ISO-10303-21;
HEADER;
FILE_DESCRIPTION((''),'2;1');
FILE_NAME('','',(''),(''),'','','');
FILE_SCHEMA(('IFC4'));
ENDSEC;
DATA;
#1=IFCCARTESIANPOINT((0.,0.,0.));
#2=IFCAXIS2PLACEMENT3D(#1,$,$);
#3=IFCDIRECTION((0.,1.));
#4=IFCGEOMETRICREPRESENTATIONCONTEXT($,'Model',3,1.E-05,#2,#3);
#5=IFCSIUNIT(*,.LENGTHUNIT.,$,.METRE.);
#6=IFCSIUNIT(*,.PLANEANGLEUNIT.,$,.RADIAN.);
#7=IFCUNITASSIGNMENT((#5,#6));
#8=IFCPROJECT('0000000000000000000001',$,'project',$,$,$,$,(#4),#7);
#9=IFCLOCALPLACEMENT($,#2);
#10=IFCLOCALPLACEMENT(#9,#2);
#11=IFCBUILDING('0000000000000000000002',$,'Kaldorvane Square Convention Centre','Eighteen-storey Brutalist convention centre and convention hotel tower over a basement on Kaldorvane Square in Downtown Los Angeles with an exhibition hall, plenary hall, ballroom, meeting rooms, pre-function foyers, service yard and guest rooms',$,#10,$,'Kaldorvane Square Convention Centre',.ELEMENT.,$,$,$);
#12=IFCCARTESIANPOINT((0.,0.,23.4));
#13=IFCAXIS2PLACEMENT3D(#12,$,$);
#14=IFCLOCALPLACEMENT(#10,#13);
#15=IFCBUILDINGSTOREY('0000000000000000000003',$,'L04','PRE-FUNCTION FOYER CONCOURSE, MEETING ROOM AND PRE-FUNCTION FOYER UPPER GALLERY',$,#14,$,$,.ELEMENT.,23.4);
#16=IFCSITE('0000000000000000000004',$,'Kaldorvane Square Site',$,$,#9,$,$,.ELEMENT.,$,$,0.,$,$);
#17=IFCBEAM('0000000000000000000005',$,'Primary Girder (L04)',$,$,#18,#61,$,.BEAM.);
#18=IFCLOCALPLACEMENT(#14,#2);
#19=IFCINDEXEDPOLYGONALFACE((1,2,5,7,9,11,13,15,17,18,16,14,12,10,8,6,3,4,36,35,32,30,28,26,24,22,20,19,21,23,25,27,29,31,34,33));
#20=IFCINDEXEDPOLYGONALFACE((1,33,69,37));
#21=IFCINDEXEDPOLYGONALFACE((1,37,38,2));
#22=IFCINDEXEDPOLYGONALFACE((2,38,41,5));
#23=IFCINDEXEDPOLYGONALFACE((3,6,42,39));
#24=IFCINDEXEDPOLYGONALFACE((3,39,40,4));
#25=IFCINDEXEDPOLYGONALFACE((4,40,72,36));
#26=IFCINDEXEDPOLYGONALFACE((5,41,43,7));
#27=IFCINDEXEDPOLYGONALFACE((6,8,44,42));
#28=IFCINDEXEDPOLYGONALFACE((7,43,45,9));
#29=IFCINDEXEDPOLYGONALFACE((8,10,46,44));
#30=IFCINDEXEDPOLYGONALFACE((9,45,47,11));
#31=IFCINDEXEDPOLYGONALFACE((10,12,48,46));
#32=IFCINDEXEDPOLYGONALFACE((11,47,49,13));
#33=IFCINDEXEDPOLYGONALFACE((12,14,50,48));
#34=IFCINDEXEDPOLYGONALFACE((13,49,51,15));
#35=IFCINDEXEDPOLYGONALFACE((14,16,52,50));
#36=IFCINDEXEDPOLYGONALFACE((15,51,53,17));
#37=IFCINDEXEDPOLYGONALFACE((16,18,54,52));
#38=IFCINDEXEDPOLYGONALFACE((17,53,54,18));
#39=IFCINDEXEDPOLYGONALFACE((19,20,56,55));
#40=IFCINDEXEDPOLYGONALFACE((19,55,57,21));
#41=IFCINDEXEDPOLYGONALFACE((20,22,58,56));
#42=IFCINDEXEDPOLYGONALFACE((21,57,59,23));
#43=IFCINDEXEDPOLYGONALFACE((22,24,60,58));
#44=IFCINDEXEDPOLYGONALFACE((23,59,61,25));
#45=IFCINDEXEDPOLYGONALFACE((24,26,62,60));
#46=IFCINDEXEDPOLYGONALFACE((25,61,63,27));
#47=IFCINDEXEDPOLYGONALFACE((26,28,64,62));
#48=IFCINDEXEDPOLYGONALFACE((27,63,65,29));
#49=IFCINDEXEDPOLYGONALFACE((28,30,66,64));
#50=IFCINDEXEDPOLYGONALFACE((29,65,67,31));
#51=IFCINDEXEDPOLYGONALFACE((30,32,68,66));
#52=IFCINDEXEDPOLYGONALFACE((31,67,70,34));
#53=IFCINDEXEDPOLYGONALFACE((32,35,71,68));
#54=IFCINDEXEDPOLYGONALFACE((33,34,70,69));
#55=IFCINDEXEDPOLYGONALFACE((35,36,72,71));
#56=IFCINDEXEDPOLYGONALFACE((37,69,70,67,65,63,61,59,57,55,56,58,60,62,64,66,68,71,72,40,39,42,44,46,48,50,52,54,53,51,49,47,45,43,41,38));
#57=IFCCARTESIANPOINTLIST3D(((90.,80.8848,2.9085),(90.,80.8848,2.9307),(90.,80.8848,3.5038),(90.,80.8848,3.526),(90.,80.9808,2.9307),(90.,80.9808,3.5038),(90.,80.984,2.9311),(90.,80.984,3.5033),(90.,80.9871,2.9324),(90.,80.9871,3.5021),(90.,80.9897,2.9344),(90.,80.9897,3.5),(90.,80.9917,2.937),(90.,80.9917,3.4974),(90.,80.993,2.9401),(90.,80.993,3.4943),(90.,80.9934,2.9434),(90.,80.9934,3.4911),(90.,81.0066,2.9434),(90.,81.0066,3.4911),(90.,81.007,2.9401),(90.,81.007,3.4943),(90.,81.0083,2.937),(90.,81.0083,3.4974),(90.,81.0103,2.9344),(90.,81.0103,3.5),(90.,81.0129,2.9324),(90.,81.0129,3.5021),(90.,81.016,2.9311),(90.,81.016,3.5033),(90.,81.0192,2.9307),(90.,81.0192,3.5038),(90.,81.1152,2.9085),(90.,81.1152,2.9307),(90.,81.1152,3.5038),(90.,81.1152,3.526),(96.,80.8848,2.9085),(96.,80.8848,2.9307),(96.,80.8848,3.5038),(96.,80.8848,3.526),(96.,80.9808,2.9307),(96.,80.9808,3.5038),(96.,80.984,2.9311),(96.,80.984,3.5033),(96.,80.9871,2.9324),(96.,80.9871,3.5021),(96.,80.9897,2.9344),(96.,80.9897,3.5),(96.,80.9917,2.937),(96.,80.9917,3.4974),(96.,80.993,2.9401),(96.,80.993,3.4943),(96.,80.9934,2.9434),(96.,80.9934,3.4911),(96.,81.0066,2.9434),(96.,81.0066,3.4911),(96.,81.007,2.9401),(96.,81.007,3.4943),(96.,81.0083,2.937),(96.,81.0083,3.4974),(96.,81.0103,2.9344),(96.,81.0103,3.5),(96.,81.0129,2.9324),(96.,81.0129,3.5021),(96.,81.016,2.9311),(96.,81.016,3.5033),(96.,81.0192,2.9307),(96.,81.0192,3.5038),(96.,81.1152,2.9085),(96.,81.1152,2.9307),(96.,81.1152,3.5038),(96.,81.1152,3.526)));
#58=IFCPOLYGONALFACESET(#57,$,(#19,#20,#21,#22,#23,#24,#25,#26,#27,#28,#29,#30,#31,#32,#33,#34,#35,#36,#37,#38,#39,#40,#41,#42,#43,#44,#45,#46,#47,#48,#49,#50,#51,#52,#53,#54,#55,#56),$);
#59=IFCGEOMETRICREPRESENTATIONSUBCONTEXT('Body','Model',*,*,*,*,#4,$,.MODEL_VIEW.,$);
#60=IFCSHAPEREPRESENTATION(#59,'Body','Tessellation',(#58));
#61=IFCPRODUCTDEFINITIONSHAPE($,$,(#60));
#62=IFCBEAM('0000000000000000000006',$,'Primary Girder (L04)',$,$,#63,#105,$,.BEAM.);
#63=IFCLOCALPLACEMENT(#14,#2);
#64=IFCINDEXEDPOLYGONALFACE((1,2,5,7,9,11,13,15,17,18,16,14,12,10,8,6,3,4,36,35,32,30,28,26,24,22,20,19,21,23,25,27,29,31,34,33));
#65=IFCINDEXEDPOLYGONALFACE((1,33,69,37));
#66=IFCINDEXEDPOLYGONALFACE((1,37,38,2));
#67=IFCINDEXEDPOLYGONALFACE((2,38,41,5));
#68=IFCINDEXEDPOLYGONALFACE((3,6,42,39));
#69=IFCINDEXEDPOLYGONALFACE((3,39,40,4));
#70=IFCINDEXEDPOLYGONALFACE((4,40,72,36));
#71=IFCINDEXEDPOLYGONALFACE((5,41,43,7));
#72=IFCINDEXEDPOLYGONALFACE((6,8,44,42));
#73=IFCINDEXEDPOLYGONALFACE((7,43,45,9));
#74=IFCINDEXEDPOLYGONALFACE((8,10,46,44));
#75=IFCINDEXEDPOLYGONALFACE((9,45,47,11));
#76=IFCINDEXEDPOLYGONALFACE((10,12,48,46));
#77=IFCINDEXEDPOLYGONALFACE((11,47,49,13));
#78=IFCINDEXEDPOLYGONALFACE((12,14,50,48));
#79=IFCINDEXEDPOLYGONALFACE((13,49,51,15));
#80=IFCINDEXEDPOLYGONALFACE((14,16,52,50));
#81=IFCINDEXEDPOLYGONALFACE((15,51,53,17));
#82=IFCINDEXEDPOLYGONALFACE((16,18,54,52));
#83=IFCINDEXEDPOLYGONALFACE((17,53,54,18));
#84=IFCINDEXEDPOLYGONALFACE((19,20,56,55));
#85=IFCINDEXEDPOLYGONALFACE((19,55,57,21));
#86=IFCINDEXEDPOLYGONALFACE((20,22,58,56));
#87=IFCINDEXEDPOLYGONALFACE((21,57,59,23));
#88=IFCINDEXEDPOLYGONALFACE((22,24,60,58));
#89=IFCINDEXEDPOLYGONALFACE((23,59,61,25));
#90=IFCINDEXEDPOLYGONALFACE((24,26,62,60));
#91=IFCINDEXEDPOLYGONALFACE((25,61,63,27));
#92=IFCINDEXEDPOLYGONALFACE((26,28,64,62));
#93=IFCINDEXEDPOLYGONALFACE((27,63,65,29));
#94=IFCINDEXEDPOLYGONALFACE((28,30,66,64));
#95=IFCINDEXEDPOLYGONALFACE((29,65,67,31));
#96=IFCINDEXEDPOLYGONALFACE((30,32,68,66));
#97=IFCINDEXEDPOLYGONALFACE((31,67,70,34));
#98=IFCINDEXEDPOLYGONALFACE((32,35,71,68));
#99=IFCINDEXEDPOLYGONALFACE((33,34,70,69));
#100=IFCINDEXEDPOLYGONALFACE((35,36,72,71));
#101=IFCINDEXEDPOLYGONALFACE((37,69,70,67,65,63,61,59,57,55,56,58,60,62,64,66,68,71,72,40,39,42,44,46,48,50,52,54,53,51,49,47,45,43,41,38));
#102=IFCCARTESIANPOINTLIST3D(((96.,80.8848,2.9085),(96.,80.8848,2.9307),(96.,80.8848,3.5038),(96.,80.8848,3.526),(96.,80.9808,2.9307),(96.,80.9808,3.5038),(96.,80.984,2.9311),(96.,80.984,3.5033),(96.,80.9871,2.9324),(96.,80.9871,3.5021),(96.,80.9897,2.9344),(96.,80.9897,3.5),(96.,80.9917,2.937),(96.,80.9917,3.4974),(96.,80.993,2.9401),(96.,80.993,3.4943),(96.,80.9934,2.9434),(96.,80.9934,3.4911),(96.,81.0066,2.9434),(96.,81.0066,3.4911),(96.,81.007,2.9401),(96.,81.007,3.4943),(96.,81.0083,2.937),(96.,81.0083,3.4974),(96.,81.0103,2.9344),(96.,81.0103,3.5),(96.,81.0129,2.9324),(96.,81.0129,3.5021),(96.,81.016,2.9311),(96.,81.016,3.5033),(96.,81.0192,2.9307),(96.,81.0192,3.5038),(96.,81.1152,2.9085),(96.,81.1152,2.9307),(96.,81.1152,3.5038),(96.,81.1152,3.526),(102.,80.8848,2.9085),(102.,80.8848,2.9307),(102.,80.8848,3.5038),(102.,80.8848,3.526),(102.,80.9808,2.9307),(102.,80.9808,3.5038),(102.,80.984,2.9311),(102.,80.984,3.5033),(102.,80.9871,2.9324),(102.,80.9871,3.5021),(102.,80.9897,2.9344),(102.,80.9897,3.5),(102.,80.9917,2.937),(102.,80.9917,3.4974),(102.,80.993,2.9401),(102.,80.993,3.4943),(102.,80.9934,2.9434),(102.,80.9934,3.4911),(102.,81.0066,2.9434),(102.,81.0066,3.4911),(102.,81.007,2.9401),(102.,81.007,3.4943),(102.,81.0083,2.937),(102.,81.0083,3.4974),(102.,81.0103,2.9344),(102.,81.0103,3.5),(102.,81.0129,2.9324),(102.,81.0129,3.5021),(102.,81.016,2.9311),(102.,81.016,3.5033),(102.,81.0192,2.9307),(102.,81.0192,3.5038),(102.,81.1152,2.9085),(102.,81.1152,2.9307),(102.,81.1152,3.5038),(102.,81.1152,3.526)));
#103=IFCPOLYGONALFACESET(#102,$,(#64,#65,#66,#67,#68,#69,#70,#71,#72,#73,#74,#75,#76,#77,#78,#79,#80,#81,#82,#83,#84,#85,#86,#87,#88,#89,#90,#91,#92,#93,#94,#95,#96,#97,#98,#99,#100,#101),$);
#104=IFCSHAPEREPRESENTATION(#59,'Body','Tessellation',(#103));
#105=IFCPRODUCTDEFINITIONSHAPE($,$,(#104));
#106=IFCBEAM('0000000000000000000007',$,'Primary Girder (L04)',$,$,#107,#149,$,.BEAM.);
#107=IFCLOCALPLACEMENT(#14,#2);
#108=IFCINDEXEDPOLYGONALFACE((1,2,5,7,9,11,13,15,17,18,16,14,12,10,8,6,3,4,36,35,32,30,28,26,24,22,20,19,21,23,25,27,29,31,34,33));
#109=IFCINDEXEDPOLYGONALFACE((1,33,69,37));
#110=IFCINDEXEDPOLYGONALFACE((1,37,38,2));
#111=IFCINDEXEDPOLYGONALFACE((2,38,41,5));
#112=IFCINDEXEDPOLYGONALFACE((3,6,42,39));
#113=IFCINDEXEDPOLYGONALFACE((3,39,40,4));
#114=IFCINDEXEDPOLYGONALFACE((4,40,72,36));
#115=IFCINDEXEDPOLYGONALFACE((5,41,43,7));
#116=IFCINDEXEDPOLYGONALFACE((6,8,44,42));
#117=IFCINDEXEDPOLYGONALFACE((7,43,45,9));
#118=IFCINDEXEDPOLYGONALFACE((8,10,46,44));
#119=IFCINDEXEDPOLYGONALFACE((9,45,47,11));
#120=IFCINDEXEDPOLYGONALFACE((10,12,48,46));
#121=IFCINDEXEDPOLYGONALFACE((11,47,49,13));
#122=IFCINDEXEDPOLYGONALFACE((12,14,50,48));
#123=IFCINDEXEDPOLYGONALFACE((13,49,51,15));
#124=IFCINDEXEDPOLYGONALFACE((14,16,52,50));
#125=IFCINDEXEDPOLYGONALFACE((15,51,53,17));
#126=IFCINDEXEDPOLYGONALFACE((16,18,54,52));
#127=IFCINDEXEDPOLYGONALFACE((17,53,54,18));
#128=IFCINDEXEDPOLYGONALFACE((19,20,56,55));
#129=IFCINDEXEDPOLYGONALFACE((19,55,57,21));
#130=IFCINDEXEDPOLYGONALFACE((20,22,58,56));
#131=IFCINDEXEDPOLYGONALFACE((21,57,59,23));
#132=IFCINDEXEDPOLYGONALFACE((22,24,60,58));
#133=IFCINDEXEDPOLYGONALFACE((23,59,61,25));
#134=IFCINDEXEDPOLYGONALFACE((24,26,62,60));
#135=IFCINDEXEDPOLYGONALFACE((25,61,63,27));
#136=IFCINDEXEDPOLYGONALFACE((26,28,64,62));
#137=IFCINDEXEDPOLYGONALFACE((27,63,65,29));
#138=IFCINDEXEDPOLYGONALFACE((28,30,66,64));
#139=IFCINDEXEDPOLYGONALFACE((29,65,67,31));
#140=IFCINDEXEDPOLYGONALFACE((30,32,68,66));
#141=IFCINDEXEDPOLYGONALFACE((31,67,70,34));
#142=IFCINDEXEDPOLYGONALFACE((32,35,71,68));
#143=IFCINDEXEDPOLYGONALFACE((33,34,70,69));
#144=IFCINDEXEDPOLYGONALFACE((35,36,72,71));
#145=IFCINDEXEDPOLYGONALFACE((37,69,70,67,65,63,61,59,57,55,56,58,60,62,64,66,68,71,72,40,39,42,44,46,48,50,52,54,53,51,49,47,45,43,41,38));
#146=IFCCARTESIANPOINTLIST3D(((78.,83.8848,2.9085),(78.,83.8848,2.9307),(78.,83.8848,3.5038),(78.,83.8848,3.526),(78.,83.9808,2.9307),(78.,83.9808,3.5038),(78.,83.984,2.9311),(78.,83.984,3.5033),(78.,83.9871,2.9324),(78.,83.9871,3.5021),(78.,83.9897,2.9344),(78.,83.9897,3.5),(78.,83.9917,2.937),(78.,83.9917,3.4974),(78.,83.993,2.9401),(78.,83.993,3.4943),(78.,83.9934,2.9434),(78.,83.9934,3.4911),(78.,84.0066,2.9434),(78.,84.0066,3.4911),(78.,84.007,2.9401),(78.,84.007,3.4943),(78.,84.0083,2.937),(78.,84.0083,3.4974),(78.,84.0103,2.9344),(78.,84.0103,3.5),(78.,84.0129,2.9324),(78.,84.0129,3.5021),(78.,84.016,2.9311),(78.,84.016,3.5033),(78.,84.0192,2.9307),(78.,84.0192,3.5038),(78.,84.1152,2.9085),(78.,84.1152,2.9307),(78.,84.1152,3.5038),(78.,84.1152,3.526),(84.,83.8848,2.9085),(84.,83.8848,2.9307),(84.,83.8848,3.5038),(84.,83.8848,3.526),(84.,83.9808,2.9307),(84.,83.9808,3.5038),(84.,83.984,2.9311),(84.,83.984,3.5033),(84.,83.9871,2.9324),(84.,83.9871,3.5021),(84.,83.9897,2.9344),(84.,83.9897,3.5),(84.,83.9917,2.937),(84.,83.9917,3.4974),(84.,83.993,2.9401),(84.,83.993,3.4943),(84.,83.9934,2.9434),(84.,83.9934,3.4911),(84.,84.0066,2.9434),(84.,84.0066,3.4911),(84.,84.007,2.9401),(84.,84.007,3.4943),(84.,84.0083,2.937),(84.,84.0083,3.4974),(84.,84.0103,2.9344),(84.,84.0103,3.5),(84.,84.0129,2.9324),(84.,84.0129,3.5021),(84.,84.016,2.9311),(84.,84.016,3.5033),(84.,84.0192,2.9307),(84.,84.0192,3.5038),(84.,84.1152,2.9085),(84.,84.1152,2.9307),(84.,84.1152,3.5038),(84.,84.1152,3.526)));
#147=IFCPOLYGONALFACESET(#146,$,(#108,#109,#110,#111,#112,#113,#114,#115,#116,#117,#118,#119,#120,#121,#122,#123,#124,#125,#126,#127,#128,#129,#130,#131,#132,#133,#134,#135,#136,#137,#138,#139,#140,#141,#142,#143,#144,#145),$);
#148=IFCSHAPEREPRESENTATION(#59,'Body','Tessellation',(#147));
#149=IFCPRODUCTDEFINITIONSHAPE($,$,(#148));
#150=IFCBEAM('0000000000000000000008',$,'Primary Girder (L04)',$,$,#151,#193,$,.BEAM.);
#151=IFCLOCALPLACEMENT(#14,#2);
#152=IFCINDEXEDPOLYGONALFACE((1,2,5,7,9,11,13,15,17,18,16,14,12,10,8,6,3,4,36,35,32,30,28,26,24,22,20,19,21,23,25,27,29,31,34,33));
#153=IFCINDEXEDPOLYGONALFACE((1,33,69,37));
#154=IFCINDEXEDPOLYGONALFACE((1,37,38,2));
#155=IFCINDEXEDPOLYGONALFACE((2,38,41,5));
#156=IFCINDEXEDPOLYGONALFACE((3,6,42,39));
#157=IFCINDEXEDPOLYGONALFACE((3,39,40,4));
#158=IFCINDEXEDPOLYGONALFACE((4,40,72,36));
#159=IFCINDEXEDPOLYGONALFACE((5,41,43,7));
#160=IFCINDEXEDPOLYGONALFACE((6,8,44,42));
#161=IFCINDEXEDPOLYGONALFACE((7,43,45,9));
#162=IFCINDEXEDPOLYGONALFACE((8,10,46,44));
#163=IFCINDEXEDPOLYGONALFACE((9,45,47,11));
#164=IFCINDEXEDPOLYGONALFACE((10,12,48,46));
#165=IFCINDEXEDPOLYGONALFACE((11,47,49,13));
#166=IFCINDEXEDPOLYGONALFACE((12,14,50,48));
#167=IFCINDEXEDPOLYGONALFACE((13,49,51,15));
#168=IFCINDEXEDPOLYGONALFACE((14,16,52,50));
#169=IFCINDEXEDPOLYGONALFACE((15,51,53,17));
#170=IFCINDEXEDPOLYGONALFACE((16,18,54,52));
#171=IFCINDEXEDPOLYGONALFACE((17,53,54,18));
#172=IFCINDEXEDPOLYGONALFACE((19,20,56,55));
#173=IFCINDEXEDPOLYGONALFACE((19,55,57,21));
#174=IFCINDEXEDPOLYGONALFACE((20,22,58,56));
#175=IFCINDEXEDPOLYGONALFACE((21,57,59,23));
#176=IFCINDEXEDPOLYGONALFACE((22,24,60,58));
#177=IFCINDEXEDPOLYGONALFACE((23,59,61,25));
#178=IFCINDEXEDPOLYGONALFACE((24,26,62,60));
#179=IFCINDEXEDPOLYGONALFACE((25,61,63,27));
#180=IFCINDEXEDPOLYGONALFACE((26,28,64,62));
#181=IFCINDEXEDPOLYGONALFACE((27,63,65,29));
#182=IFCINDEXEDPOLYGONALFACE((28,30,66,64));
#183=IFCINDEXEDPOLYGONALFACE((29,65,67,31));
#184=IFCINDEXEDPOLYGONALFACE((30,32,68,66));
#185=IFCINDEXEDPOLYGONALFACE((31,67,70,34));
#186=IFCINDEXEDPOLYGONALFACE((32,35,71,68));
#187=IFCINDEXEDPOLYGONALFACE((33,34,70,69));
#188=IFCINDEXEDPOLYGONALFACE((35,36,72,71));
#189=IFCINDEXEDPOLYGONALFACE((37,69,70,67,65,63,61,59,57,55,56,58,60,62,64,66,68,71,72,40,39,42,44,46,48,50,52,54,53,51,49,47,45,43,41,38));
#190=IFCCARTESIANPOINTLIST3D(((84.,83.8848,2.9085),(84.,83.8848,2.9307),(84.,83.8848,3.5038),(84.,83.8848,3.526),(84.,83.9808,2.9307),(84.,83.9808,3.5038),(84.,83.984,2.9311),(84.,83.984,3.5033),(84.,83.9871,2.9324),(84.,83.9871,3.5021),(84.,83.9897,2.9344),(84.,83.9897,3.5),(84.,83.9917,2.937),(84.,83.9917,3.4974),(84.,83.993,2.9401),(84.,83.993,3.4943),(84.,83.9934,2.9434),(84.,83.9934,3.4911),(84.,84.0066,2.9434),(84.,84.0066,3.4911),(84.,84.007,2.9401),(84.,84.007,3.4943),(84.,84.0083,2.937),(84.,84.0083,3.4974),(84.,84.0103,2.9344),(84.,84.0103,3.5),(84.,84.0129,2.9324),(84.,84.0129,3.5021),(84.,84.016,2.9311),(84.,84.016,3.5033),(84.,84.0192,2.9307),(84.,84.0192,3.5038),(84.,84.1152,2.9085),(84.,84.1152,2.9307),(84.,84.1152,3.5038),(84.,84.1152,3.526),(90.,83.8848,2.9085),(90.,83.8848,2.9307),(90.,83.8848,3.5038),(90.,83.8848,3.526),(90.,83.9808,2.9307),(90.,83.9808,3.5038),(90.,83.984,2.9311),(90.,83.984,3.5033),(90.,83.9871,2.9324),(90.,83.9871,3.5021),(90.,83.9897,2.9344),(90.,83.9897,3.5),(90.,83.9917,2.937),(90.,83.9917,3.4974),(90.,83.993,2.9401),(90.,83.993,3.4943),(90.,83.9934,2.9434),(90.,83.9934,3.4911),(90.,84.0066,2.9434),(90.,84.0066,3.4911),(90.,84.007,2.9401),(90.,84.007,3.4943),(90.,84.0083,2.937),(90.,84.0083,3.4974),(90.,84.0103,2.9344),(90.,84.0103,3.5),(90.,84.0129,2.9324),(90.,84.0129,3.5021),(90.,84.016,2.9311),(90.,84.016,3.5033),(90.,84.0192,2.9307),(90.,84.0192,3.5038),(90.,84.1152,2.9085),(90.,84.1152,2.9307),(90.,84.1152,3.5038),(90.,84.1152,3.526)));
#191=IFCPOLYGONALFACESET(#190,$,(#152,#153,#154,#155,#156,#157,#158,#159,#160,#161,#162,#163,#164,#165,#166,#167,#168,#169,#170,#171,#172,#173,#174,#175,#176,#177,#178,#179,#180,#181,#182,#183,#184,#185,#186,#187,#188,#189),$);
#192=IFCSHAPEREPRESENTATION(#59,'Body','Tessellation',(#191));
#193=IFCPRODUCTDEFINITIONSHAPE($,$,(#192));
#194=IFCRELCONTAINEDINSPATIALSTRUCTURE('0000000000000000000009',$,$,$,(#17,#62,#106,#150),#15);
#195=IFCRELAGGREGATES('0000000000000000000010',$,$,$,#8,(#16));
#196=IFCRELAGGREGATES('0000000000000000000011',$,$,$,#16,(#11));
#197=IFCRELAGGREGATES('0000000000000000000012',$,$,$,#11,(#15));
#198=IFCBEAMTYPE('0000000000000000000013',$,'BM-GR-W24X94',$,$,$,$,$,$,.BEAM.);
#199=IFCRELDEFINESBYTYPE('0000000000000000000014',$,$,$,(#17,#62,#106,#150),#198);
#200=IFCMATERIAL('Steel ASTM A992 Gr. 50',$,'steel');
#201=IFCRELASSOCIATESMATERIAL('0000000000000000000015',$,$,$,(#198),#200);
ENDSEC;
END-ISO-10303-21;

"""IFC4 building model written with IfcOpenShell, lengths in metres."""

from ifc_helpers import new_model, si_unit, direction, frame, origin, origin_2d, place, context, subcontext, project, spatial, i_section, extrude, material, material_profile, profile_set, type_object, element, save


model = new_model("IFC4")

# Units and contexts
model_context = context("Model", 3, precision=1e-05, world=origin(), true_north=direction((0.0, 1.0)))
body_context = subcontext(model_context, "Body", "Model", "MODEL_VIEW")
ifc_project = project(units=[si_unit("LENGTHUNIT", "METRE"), si_unit("PLANEANGLEUNIT", "RADIAN")], contexts=[model_context])

# Site, building, storey
site_placement = place(None, origin())
site = spatial("IfcSite", under=ifc_project, at=site_placement, Name="Kaldorvane Square Site", CompositionType="ELEMENT", RefElevation=0.0)
building_placement = place(site_placement, origin())
building = spatial("IfcBuilding", under=site, at=building_placement, Name="Kaldorvane Square Convention Centre", Description="Eighteen-storey Brutalist convention centre and convention hotel tower over a basement on Kaldorvane Square in Downtown Los Angeles with an exhibition hall, plenary hall, ballroom, meeting rooms, pre-function foyers, service yard and guest rooms", LongName="Kaldorvane Square Convention Centre", CompositionType="ELEMENT")
storey_placement = place(building_placement, frame((0.0, 0.0, 23.4)))
storey = spatial("IfcBuildingStorey", under=building, at=storey_placement, Name="L04", Description="PRE-FUNCTION FOYER CONCOURSE, MEETING ROOM AND PRE-FUNCTION FOYER UPPER GALLERY", CompositionType="ELEMENT", Elevation=23.4)

# Shared definitions
ifc_material_1 = material(Name="Steel ASTM A992 Gr. 50", Category="steel")

# Beams
ifc_material_profile_1 = material_profile(ifc_material_1, i_section(OverallWidth=0.2303, OverallDepth=0.6175, WebThickness=0.0131, FlangeThickness=0.0222, FilletRadius=0.0127, at=origin_2d()), Name="W24X94")
ifc_profile_set_1 = profile_set([ifc_material_profile_1], Name="Steel ASTM A992 Gr. 50")
beam_type_1 = type_object("IfcBeamType", Name="BM-GR-W24X94", PredefinedType="BEAM", material=ifc_profile_set_1)
for number, where, z_axis, x_axis, name in (
    (1, (90.0, 81.0, 3.2172), (1.0, 0.0, 0.0), (0.0, 1.0, 0.0), "Primary Girder (L04)"),
    (2, (96.0, 81.0, 3.2172), (1.0, 0.0, 0.0), (0.0, 1.0, 0.0), "Primary Girder (L04)"),
    (3, (78.0, 84.0, 3.2172), (1.0, 0.0, 0.0), (0.0, 1.0, 0.0), "Primary Girder (L04)"),
    (4, (84.0, 84.0, 3.2172), (1.0, 0.0, 0.0), (0.0, 1.0, 0.0), "Primary Girder (L04)"),
):
    element("IfcBeam", number, at=place(storey_placement, frame(where, z_axis=z_axis, x_axis=x_axis)), inside=storey, type_object=beam_type_1, Name=name, PredefinedType="BEAM", context=body_context, shape_type="SweptSolid", body=[
        extrude(i_section(OverallWidth=0.2303, OverallDepth=0.6175, WebThickness=0.0131, FlangeThickness=0.0222, FilletRadius=0.0127, at=origin_2d()), origin(), (0.0, 0.0, 1.0), 6.0),
    ])

save(model, "model.ifc")
